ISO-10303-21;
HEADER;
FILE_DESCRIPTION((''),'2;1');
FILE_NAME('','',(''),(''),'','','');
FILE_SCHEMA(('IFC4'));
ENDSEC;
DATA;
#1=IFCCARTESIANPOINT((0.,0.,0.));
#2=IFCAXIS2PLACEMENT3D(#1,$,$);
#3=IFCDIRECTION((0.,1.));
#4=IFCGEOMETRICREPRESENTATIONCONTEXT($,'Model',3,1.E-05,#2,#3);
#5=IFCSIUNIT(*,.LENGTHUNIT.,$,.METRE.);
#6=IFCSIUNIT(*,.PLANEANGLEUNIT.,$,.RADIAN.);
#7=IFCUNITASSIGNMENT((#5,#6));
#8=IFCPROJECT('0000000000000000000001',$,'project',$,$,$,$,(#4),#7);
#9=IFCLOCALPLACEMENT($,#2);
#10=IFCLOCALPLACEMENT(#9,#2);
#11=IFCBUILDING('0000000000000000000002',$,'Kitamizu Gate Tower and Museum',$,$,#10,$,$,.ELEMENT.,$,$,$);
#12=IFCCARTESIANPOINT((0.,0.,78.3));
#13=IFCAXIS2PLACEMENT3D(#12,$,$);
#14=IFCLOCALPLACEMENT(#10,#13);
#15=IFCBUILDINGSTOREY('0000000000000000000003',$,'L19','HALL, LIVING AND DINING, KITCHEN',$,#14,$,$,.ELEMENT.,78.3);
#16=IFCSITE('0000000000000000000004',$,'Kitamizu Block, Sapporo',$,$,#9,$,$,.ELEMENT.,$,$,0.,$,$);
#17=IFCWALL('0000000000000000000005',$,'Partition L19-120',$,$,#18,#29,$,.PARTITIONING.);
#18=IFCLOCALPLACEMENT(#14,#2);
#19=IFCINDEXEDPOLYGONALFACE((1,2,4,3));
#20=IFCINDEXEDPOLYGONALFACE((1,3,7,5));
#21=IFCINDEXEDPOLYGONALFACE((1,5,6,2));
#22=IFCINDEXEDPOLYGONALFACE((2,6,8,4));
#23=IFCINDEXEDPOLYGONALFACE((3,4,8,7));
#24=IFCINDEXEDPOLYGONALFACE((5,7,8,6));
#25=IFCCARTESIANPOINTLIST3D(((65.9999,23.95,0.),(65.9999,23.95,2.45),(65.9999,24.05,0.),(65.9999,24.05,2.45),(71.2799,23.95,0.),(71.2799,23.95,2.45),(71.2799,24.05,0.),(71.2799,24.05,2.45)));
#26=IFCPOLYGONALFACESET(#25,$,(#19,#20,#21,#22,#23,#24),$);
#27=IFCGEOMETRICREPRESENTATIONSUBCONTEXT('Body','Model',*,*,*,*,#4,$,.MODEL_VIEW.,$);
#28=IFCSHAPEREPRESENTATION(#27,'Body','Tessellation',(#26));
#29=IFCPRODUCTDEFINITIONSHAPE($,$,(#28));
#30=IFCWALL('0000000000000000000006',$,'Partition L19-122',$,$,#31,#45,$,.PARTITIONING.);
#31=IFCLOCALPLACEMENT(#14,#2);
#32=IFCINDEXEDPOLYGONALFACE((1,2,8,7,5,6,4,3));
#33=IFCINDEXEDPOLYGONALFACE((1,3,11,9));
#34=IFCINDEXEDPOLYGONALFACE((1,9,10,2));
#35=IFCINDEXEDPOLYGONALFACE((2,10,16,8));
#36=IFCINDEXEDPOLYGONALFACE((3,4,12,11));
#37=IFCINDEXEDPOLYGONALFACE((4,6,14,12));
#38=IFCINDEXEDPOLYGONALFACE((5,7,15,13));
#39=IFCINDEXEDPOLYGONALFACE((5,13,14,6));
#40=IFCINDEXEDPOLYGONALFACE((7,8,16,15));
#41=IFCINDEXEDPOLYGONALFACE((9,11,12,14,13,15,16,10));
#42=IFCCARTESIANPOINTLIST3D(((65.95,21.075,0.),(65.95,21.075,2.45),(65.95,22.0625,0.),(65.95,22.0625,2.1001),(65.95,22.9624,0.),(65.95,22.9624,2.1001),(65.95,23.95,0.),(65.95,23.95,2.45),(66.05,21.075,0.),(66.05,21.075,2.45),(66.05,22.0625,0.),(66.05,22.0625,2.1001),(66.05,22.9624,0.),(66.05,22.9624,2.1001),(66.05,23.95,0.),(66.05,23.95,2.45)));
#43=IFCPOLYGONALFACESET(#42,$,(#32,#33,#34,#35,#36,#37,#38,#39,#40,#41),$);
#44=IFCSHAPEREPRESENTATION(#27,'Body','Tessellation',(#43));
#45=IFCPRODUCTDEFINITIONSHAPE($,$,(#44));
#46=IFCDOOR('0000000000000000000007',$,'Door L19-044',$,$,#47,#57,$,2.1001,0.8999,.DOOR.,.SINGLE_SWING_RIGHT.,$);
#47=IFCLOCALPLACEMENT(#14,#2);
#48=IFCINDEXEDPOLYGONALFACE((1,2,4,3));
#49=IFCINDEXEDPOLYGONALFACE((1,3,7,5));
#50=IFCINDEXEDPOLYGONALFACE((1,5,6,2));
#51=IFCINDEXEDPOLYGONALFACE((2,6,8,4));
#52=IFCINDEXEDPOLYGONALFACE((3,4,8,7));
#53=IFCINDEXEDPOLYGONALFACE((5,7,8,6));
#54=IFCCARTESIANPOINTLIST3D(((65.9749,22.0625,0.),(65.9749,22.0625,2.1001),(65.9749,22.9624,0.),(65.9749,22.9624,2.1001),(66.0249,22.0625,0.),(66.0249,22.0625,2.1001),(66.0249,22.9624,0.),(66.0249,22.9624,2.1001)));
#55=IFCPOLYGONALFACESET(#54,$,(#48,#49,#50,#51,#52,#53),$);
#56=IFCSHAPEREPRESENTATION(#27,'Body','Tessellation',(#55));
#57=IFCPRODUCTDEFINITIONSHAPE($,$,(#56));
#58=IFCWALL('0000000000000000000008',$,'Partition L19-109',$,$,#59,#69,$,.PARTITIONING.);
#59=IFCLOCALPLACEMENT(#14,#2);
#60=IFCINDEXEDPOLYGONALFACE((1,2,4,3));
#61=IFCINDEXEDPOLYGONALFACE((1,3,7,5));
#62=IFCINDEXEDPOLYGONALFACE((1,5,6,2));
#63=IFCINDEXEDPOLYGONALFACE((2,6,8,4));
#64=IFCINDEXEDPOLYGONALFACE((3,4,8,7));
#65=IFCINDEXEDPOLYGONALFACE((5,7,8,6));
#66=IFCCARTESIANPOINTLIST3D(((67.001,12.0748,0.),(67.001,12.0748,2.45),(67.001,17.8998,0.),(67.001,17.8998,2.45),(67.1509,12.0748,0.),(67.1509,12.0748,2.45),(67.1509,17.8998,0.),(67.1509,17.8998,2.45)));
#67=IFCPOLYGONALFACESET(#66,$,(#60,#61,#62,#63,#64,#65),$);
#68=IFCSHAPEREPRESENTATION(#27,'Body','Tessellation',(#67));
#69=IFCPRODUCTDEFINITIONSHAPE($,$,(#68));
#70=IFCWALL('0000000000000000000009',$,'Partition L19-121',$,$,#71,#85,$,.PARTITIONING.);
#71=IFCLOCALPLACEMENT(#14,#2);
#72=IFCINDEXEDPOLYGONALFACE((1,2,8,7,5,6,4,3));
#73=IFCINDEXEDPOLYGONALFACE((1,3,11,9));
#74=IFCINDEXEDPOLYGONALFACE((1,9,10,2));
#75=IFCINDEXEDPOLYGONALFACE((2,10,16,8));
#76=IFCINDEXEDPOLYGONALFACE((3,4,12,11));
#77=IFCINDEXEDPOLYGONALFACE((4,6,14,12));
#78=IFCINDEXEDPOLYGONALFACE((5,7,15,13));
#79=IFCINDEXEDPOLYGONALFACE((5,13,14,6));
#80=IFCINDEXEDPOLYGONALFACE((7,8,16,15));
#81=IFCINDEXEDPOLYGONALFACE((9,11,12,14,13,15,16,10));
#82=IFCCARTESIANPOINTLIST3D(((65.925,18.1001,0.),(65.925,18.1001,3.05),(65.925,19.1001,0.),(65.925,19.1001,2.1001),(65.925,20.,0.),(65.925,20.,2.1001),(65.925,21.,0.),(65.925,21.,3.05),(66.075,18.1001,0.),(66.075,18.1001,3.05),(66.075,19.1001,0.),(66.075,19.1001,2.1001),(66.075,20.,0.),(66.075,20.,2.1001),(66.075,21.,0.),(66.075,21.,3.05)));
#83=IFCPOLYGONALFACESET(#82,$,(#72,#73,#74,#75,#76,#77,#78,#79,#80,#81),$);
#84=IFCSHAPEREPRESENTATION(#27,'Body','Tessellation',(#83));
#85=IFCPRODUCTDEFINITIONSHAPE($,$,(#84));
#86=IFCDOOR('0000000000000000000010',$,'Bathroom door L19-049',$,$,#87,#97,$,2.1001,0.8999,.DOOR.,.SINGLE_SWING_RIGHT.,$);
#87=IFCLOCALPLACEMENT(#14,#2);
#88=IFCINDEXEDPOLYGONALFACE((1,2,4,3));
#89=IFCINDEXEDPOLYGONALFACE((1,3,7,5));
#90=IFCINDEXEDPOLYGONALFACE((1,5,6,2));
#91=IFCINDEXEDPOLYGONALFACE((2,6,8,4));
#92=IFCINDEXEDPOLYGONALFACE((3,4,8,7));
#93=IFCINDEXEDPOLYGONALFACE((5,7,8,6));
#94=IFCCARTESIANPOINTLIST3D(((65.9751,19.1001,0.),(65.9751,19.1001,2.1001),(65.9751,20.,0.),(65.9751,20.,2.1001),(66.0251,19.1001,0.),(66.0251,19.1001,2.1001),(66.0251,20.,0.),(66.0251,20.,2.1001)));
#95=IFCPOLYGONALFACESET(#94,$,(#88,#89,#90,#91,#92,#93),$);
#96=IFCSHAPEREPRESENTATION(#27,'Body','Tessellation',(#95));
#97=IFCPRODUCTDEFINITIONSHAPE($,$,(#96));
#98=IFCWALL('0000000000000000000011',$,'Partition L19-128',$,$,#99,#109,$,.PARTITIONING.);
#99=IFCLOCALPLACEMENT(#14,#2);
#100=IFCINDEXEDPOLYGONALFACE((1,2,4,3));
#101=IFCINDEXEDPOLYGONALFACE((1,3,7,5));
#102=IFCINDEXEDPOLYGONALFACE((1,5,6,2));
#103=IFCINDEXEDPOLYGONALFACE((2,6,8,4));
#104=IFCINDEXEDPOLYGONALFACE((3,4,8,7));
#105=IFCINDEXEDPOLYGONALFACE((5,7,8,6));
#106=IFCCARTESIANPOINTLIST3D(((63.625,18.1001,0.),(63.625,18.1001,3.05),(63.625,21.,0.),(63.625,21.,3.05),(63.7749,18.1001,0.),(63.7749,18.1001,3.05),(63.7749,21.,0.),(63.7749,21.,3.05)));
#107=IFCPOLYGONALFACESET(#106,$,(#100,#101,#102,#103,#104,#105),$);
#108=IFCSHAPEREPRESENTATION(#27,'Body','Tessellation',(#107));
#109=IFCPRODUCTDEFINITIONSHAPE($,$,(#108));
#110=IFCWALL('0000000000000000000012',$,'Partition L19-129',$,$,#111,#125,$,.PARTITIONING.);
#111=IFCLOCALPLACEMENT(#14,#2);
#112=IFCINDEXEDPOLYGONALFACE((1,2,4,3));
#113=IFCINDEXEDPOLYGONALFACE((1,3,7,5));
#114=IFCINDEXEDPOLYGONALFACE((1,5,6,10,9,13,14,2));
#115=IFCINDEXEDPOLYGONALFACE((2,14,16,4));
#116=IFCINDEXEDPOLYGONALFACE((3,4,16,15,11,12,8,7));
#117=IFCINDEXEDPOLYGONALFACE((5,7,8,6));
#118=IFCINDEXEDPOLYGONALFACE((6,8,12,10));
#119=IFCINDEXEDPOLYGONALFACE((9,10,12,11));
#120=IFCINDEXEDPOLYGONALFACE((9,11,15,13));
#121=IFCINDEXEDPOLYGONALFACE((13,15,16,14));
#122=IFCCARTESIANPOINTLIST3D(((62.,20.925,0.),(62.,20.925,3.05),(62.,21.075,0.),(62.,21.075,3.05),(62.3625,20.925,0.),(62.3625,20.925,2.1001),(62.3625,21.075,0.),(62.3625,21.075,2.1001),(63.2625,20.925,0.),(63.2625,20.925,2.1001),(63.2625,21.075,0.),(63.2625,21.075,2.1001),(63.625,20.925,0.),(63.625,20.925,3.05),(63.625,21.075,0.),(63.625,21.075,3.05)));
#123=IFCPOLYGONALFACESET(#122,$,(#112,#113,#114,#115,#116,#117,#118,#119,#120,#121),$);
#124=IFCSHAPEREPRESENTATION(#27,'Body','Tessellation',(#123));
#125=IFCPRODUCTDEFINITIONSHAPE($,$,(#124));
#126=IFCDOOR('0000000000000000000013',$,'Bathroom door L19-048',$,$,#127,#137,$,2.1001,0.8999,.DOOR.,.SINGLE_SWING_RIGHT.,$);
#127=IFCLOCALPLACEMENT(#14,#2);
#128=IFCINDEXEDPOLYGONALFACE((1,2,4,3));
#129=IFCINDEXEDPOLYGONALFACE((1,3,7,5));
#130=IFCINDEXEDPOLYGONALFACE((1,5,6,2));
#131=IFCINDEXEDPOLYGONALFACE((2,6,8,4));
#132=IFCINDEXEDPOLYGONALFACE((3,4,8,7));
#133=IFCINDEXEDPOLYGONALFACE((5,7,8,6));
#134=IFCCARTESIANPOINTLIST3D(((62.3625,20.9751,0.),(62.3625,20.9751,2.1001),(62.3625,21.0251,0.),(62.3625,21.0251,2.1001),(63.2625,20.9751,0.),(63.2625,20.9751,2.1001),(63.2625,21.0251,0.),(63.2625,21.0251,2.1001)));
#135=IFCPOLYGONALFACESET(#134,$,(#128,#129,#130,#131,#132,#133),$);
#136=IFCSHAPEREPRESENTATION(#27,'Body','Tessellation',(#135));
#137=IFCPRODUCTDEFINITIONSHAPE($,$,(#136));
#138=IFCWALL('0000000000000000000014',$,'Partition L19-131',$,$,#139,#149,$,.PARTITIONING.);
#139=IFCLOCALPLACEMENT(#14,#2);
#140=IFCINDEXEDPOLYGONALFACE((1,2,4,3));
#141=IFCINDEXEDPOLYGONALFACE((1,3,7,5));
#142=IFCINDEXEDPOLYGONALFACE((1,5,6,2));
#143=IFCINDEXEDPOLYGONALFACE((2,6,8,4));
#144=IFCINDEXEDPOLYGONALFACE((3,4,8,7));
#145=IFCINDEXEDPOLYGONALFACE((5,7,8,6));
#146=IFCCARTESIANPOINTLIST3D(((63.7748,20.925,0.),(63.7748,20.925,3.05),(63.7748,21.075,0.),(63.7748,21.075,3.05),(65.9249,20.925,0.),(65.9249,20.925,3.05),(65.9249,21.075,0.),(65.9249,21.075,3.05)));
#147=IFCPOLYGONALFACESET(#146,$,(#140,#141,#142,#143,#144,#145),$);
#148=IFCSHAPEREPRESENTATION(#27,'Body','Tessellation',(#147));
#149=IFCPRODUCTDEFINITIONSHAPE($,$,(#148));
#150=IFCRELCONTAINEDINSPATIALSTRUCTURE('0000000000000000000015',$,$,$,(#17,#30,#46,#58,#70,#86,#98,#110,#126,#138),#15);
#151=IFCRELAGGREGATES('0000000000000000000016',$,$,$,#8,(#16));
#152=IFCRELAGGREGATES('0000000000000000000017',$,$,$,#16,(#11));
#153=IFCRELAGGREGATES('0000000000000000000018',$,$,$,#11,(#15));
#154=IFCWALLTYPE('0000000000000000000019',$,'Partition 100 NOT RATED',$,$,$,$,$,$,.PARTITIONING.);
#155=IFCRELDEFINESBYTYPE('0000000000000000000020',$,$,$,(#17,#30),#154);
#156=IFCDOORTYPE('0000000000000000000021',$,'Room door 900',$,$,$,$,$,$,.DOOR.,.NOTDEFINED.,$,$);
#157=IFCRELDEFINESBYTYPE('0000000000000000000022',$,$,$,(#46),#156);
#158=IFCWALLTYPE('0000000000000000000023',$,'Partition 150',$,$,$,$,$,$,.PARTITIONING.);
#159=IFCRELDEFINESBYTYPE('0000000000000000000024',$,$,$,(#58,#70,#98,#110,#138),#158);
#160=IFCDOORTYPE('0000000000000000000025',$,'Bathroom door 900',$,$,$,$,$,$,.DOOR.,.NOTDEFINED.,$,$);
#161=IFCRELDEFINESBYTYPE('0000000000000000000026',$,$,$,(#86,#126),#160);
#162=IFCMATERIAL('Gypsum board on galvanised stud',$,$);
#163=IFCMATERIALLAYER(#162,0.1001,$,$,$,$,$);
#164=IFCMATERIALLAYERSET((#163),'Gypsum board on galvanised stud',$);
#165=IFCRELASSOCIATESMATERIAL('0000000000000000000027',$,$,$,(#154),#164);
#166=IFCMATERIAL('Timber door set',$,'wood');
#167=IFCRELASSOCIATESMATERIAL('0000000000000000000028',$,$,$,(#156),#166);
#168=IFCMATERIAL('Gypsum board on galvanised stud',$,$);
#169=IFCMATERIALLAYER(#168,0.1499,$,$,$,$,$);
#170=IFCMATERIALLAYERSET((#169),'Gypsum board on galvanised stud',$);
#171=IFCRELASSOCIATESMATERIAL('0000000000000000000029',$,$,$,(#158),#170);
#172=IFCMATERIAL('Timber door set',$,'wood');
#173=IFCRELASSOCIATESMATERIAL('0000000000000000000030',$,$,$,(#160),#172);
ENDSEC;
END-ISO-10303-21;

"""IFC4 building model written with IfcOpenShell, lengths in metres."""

from ifc_helpers import new_model, si_unit, direction, frame, frame_2d, origin, place, context, subcontext, project, spatial, rectangle, extrude, material, layer, layer_set, type_object, element, fill, save


model = new_model("IFC4")

# Units and contexts
model_context = context("Model", 3, precision=1e-05, world=origin(), true_north=direction((0.0, 1.0)))
body_context = subcontext(model_context, "Body", "Model", "MODEL_VIEW")
ifc_project = project(units=[si_unit("LENGTHUNIT", "METRE"), si_unit("PLANEANGLEUNIT", "RADIAN")], contexts=[model_context])

# Site, building, storey
site_placement = place(None, origin())
site = spatial("IfcSite", under=ifc_project, at=site_placement, Name="Kitamizu Block, Sapporo", CompositionType="ELEMENT", RefElevation=0.0)
building_placement = place(site_placement, origin())
building = spatial("IfcBuilding", under=site, at=building_placement, Name="Kitamizu Gate Tower and Museum", CompositionType="ELEMENT")
storey_placement = place(building_placement, frame((0.0, 0.0, 78.3)))
storey = spatial("IfcBuildingStorey", under=building, at=storey_placement, Name="L19", Description="HALL, LIVING AND DINING, KITCHEN", CompositionType="ELEMENT", Elevation=78.3)

# Wall
ifc_material_1 = material(Name="Gypsum board on galvanised stud")
ifc_layer_1 = layer(ifc_material_1, 0.1001)
ifc_layer_set_1 = layer_set([ifc_layer_1], Name="Gypsum board on galvanised stud")
wall_type_1 = type_object("IfcWallType", Name="Partition 100 NOT RATED", PredefinedType="PARTITIONING", material=ifc_layer_set_1)
wall_1_placement = place(storey_placement, frame((71.28, 24.0, 0.0), z_axis=(0.0, 0.0, 1.0), x_axis=(-1.0, 0.0, 0.0)))
element("IfcWall", 1, at=wall_1_placement, inside=storey, type_object=wall_type_1, Name="Partition L19-120", PredefinedType="PARTITIONING", context=body_context, shape_type="SweptSolid", body=[
    extrude(rectangle(XDim=5.28, YDim=0.1001, at=frame_2d((2.6401, 0.0))), origin(), (0.0, 0.0, 1.0), 2.45),
])

# Wall, opening, door
wall_2_placement = place(storey_placement, frame((66.0, 23.95, 0.0), z_axis=(0.0, 0.0, 1.0), x_axis=(0.0, -1.0, 0.0)))
wall_2 = element("IfcWall", 2, at=wall_2_placement, inside=storey, type_object=wall_type_1, Name="Partition L19-122", PredefinedType="PARTITIONING", context=body_context, shape_type="SweptSolid", body=[
    extrude(rectangle(XDim=2.875, YDim=0.1001, at=frame_2d((1.4375, 0.0))), origin(), (0.0, 0.0, 1.0), 2.45),
])
opening_1_placement = place(wall_2_placement, frame((0.9875, 0.0, 0.0)))
opening_1 = element("IfcOpeningElement", 3, at=opening_1_placement, cuts=wall_2, PredefinedType="OPENING", context=body_context, shape_type="SweptSolid", body=[
    extrude(rectangle(XDim=0.8999, YDim=2.1001, at=frame_2d((0.45, 1.05))), frame((0.0, 0.0601, 0.0), z_axis=(0.0, -1.0, 0.0), x_axis=(1.0, 0.0, 0.0)), (0.0, 0.0, 1.0), 0.1201),
])
ifc_material_2 = material(Name="Timber door set", Category="wood")
door_type_1 = type_object("IfcDoorType", Name="Room door 900", OperationType="NOTDEFINED", PredefinedType="DOOR", material=ifc_material_2)
door_1_placement = place(opening_1_placement, origin())
door_1 = element("IfcDoor", 4, at=door_1_placement, inside=storey, type_object=door_type_1, Name="Door L19-044", OperationType="SINGLE_SWING_RIGHT", OverallHeight=2.1001, OverallWidth=0.8999, PredefinedType="DOOR", context=body_context, shape_type="SweptSolid", body=[
    extrude(rectangle(XDim=0.8999, YDim=2.1001, at=frame_2d((0.45, 1.05))), frame((0.0, 0.0249, 0.0), z_axis=(0.0, -1.0, 0.0), x_axis=(1.0, 0.0, 0.0)), (0.0, 0.0, 1.0), 0.05),
])
fill(opening_1, door_1)

# Wall
ifc_material_3 = material(Name="Gypsum board on galvanised stud")
ifc_layer_2 = layer(ifc_material_3, 0.1499)
ifc_layer_set_2 = layer_set([ifc_layer_2], Name="Gypsum board on galvanised stud")
wall_type_2 = type_object("IfcWallType", Name="Partition 150", PredefinedType="PARTITIONING", material=ifc_layer_set_2)
wall_3_placement = place(storey_placement, frame((67.0759, 17.8999, 0.0), z_axis=(0.0, 0.0, 1.0), x_axis=(0.0, -1.0, 0.0)))
element("IfcWall", 5, at=wall_3_placement, inside=storey, type_object=wall_type_2, Name="Partition L19-109", PredefinedType="PARTITIONING", context=body_context, shape_type="SweptSolid", body=[
    extrude(rectangle(XDim=5.825, YDim=0.1499, at=frame_2d((2.9126, 0.0))), origin(), (0.0, 0.0, 1.0), 2.45),
])

# Wall, opening, door
wall_4_placement = place(storey_placement, frame((66.0, 21.0, 0.0), z_axis=(0.0, 0.0, 1.0), x_axis=(0.0, -1.0, 0.0)))
wall_4 = element("IfcWall", 6, at=wall_4_placement, inside=storey, type_object=wall_type_2, Name="Partition L19-121", PredefinedType="PARTITIONING", context=body_context, shape_type="SweptSolid", body=[
    extrude(rectangle(XDim=2.8999, YDim=0.1499, at=frame_2d((1.45, 0.0))), origin(), (0.0, 0.0, 1.0), 3.05),
])
opening_2_placement = place(wall_4_placement, frame((1.0, 0.0, 0.0)))
opening_2 = element("IfcOpeningElement", 7, at=opening_2_placement, cuts=wall_4, PredefinedType="OPENING", context=body_context, shape_type="SweptSolid", body=[
    extrude(rectangle(XDim=0.8999, YDim=2.1001, at=frame_2d((0.45, 1.05))), frame((0.0, 0.085, 0.0), z_axis=(0.0, -1.0, 0.0), x_axis=(1.0, 0.0, 0.0)), (0.0, 0.0, 1.0), 0.1699),
])
ifc_material_4 = material(Name="Timber door set", Category="wood")
door_type_2 = type_object("IfcDoorType", Name="Bathroom door 900", OperationType="NOTDEFINED", PredefinedType="DOOR", material=ifc_material_4)
door_2_placement = place(opening_2_placement, frame((0.8999, 0.0, 0.0), x_axis=(-1.0, 0.0, 0.0)))
door_2 = element("IfcDoor", 8, at=door_2_placement, inside=storey, type_object=door_type_2, Name="Bathroom door L19-049", OperationType="SINGLE_SWING_RIGHT", OverallHeight=2.1001, OverallWidth=0.8999, PredefinedType="DOOR", context=body_context, shape_type="SweptSolid", body=[
    extrude(rectangle(XDim=0.8999, YDim=2.1001, at=frame_2d((0.45, 1.05))), frame((0.0, 0.0249, 0.0), z_axis=(0.0, -1.0, 0.0), x_axis=(1.0, 0.0, 0.0)), (0.0, 0.0, 1.0), 0.05),
])
fill(opening_2, door_2)

# Wall
wall_5_placement = place(storey_placement, frame((63.7, 18.1001, 0.0), z_axis=(0.0, 0.0, 1.0), x_axis=(0.0, 1.0, 0.0)))
element("IfcWall", 9, at=wall_5_placement, inside=storey, type_object=wall_type_2, Name="Partition L19-128", PredefinedType="PARTITIONING", context=body_context, shape_type="SweptSolid", body=[
    extrude(rectangle(XDim=2.8999, YDim=0.1499, at=frame_2d((1.45, 0.0))), origin(), (0.0, 0.0, 1.0), 3.05),
])

# Wall, opening, door
wall_6_placement = place(storey_placement, frame((63.625, 21.0, 0.0), z_axis=(0.0, 0.0, 1.0), x_axis=(-1.0, 0.0, 0.0)))
wall_6 = element("IfcWall", 10, at=wall_6_placement, inside=storey, type_object=wall_type_2, Name="Partition L19-129", PredefinedType="PARTITIONING", context=body_context, shape_type="SweptSolid", body=[
    extrude(rectangle(XDim=1.625, YDim=0.1499, at=frame_2d((0.8125, 0.0))), origin(), (0.0, 0.0, 1.0), 3.05),
])
opening_3_placement = place(wall_6_placement, frame((0.3625, 0.0, 0.0)))
opening_3 = element("IfcOpeningElement", 11, at=opening_3_placement, cuts=wall_6, PredefinedType="OPENING", context=body_context, shape_type="SweptSolid", body=[
    extrude(rectangle(XDim=0.8999, YDim=2.1001, at=frame_2d((0.45, 1.05))), frame((0.0, 0.085, 0.0), z_axis=(0.0, -1.0, 0.0), x_axis=(1.0, 0.0, 0.0)), (0.0, 0.0, 1.0), 0.1699),
])
door_3_placement = place(opening_3_placement, origin())
door_3 = element("IfcDoor", 12, at=door_3_placement, inside=storey, type_object=door_type_2, Name="Bathroom door L19-048", OperationType="SINGLE_SWING_RIGHT", OverallHeight=2.1001, OverallWidth=0.8999, PredefinedType="DOOR", context=body_context, shape_type="SweptSolid", body=[
    extrude(rectangle(XDim=0.8999, YDim=2.1001, at=frame_2d((0.45, 1.05))), frame((0.0, 0.0249, 0.0), z_axis=(0.0, -1.0, 0.0), x_axis=(1.0, 0.0, 0.0)), (0.0, 0.0, 1.0), 0.05),
])
fill(opening_3, door_3)

# Wall
wall_7_placement = place(storey_placement, frame((65.925, 21.0, 0.0), z_axis=(0.0, 0.0, 1.0), x_axis=(-1.0, 0.0, 0.0)))
element("IfcWall", 13, at=wall_7_placement, inside=storey, type_object=wall_type_2, Name="Partition L19-131", PredefinedType="PARTITIONING", context=body_context, shape_type="SweptSolid", body=[
    extrude(rectangle(XDim=2.1501, YDim=0.1499, at=frame_2d((1.0752, 0.0))), origin(), (0.0, 0.0, 1.0), 3.05),
])

save(model, "model.ifc")
